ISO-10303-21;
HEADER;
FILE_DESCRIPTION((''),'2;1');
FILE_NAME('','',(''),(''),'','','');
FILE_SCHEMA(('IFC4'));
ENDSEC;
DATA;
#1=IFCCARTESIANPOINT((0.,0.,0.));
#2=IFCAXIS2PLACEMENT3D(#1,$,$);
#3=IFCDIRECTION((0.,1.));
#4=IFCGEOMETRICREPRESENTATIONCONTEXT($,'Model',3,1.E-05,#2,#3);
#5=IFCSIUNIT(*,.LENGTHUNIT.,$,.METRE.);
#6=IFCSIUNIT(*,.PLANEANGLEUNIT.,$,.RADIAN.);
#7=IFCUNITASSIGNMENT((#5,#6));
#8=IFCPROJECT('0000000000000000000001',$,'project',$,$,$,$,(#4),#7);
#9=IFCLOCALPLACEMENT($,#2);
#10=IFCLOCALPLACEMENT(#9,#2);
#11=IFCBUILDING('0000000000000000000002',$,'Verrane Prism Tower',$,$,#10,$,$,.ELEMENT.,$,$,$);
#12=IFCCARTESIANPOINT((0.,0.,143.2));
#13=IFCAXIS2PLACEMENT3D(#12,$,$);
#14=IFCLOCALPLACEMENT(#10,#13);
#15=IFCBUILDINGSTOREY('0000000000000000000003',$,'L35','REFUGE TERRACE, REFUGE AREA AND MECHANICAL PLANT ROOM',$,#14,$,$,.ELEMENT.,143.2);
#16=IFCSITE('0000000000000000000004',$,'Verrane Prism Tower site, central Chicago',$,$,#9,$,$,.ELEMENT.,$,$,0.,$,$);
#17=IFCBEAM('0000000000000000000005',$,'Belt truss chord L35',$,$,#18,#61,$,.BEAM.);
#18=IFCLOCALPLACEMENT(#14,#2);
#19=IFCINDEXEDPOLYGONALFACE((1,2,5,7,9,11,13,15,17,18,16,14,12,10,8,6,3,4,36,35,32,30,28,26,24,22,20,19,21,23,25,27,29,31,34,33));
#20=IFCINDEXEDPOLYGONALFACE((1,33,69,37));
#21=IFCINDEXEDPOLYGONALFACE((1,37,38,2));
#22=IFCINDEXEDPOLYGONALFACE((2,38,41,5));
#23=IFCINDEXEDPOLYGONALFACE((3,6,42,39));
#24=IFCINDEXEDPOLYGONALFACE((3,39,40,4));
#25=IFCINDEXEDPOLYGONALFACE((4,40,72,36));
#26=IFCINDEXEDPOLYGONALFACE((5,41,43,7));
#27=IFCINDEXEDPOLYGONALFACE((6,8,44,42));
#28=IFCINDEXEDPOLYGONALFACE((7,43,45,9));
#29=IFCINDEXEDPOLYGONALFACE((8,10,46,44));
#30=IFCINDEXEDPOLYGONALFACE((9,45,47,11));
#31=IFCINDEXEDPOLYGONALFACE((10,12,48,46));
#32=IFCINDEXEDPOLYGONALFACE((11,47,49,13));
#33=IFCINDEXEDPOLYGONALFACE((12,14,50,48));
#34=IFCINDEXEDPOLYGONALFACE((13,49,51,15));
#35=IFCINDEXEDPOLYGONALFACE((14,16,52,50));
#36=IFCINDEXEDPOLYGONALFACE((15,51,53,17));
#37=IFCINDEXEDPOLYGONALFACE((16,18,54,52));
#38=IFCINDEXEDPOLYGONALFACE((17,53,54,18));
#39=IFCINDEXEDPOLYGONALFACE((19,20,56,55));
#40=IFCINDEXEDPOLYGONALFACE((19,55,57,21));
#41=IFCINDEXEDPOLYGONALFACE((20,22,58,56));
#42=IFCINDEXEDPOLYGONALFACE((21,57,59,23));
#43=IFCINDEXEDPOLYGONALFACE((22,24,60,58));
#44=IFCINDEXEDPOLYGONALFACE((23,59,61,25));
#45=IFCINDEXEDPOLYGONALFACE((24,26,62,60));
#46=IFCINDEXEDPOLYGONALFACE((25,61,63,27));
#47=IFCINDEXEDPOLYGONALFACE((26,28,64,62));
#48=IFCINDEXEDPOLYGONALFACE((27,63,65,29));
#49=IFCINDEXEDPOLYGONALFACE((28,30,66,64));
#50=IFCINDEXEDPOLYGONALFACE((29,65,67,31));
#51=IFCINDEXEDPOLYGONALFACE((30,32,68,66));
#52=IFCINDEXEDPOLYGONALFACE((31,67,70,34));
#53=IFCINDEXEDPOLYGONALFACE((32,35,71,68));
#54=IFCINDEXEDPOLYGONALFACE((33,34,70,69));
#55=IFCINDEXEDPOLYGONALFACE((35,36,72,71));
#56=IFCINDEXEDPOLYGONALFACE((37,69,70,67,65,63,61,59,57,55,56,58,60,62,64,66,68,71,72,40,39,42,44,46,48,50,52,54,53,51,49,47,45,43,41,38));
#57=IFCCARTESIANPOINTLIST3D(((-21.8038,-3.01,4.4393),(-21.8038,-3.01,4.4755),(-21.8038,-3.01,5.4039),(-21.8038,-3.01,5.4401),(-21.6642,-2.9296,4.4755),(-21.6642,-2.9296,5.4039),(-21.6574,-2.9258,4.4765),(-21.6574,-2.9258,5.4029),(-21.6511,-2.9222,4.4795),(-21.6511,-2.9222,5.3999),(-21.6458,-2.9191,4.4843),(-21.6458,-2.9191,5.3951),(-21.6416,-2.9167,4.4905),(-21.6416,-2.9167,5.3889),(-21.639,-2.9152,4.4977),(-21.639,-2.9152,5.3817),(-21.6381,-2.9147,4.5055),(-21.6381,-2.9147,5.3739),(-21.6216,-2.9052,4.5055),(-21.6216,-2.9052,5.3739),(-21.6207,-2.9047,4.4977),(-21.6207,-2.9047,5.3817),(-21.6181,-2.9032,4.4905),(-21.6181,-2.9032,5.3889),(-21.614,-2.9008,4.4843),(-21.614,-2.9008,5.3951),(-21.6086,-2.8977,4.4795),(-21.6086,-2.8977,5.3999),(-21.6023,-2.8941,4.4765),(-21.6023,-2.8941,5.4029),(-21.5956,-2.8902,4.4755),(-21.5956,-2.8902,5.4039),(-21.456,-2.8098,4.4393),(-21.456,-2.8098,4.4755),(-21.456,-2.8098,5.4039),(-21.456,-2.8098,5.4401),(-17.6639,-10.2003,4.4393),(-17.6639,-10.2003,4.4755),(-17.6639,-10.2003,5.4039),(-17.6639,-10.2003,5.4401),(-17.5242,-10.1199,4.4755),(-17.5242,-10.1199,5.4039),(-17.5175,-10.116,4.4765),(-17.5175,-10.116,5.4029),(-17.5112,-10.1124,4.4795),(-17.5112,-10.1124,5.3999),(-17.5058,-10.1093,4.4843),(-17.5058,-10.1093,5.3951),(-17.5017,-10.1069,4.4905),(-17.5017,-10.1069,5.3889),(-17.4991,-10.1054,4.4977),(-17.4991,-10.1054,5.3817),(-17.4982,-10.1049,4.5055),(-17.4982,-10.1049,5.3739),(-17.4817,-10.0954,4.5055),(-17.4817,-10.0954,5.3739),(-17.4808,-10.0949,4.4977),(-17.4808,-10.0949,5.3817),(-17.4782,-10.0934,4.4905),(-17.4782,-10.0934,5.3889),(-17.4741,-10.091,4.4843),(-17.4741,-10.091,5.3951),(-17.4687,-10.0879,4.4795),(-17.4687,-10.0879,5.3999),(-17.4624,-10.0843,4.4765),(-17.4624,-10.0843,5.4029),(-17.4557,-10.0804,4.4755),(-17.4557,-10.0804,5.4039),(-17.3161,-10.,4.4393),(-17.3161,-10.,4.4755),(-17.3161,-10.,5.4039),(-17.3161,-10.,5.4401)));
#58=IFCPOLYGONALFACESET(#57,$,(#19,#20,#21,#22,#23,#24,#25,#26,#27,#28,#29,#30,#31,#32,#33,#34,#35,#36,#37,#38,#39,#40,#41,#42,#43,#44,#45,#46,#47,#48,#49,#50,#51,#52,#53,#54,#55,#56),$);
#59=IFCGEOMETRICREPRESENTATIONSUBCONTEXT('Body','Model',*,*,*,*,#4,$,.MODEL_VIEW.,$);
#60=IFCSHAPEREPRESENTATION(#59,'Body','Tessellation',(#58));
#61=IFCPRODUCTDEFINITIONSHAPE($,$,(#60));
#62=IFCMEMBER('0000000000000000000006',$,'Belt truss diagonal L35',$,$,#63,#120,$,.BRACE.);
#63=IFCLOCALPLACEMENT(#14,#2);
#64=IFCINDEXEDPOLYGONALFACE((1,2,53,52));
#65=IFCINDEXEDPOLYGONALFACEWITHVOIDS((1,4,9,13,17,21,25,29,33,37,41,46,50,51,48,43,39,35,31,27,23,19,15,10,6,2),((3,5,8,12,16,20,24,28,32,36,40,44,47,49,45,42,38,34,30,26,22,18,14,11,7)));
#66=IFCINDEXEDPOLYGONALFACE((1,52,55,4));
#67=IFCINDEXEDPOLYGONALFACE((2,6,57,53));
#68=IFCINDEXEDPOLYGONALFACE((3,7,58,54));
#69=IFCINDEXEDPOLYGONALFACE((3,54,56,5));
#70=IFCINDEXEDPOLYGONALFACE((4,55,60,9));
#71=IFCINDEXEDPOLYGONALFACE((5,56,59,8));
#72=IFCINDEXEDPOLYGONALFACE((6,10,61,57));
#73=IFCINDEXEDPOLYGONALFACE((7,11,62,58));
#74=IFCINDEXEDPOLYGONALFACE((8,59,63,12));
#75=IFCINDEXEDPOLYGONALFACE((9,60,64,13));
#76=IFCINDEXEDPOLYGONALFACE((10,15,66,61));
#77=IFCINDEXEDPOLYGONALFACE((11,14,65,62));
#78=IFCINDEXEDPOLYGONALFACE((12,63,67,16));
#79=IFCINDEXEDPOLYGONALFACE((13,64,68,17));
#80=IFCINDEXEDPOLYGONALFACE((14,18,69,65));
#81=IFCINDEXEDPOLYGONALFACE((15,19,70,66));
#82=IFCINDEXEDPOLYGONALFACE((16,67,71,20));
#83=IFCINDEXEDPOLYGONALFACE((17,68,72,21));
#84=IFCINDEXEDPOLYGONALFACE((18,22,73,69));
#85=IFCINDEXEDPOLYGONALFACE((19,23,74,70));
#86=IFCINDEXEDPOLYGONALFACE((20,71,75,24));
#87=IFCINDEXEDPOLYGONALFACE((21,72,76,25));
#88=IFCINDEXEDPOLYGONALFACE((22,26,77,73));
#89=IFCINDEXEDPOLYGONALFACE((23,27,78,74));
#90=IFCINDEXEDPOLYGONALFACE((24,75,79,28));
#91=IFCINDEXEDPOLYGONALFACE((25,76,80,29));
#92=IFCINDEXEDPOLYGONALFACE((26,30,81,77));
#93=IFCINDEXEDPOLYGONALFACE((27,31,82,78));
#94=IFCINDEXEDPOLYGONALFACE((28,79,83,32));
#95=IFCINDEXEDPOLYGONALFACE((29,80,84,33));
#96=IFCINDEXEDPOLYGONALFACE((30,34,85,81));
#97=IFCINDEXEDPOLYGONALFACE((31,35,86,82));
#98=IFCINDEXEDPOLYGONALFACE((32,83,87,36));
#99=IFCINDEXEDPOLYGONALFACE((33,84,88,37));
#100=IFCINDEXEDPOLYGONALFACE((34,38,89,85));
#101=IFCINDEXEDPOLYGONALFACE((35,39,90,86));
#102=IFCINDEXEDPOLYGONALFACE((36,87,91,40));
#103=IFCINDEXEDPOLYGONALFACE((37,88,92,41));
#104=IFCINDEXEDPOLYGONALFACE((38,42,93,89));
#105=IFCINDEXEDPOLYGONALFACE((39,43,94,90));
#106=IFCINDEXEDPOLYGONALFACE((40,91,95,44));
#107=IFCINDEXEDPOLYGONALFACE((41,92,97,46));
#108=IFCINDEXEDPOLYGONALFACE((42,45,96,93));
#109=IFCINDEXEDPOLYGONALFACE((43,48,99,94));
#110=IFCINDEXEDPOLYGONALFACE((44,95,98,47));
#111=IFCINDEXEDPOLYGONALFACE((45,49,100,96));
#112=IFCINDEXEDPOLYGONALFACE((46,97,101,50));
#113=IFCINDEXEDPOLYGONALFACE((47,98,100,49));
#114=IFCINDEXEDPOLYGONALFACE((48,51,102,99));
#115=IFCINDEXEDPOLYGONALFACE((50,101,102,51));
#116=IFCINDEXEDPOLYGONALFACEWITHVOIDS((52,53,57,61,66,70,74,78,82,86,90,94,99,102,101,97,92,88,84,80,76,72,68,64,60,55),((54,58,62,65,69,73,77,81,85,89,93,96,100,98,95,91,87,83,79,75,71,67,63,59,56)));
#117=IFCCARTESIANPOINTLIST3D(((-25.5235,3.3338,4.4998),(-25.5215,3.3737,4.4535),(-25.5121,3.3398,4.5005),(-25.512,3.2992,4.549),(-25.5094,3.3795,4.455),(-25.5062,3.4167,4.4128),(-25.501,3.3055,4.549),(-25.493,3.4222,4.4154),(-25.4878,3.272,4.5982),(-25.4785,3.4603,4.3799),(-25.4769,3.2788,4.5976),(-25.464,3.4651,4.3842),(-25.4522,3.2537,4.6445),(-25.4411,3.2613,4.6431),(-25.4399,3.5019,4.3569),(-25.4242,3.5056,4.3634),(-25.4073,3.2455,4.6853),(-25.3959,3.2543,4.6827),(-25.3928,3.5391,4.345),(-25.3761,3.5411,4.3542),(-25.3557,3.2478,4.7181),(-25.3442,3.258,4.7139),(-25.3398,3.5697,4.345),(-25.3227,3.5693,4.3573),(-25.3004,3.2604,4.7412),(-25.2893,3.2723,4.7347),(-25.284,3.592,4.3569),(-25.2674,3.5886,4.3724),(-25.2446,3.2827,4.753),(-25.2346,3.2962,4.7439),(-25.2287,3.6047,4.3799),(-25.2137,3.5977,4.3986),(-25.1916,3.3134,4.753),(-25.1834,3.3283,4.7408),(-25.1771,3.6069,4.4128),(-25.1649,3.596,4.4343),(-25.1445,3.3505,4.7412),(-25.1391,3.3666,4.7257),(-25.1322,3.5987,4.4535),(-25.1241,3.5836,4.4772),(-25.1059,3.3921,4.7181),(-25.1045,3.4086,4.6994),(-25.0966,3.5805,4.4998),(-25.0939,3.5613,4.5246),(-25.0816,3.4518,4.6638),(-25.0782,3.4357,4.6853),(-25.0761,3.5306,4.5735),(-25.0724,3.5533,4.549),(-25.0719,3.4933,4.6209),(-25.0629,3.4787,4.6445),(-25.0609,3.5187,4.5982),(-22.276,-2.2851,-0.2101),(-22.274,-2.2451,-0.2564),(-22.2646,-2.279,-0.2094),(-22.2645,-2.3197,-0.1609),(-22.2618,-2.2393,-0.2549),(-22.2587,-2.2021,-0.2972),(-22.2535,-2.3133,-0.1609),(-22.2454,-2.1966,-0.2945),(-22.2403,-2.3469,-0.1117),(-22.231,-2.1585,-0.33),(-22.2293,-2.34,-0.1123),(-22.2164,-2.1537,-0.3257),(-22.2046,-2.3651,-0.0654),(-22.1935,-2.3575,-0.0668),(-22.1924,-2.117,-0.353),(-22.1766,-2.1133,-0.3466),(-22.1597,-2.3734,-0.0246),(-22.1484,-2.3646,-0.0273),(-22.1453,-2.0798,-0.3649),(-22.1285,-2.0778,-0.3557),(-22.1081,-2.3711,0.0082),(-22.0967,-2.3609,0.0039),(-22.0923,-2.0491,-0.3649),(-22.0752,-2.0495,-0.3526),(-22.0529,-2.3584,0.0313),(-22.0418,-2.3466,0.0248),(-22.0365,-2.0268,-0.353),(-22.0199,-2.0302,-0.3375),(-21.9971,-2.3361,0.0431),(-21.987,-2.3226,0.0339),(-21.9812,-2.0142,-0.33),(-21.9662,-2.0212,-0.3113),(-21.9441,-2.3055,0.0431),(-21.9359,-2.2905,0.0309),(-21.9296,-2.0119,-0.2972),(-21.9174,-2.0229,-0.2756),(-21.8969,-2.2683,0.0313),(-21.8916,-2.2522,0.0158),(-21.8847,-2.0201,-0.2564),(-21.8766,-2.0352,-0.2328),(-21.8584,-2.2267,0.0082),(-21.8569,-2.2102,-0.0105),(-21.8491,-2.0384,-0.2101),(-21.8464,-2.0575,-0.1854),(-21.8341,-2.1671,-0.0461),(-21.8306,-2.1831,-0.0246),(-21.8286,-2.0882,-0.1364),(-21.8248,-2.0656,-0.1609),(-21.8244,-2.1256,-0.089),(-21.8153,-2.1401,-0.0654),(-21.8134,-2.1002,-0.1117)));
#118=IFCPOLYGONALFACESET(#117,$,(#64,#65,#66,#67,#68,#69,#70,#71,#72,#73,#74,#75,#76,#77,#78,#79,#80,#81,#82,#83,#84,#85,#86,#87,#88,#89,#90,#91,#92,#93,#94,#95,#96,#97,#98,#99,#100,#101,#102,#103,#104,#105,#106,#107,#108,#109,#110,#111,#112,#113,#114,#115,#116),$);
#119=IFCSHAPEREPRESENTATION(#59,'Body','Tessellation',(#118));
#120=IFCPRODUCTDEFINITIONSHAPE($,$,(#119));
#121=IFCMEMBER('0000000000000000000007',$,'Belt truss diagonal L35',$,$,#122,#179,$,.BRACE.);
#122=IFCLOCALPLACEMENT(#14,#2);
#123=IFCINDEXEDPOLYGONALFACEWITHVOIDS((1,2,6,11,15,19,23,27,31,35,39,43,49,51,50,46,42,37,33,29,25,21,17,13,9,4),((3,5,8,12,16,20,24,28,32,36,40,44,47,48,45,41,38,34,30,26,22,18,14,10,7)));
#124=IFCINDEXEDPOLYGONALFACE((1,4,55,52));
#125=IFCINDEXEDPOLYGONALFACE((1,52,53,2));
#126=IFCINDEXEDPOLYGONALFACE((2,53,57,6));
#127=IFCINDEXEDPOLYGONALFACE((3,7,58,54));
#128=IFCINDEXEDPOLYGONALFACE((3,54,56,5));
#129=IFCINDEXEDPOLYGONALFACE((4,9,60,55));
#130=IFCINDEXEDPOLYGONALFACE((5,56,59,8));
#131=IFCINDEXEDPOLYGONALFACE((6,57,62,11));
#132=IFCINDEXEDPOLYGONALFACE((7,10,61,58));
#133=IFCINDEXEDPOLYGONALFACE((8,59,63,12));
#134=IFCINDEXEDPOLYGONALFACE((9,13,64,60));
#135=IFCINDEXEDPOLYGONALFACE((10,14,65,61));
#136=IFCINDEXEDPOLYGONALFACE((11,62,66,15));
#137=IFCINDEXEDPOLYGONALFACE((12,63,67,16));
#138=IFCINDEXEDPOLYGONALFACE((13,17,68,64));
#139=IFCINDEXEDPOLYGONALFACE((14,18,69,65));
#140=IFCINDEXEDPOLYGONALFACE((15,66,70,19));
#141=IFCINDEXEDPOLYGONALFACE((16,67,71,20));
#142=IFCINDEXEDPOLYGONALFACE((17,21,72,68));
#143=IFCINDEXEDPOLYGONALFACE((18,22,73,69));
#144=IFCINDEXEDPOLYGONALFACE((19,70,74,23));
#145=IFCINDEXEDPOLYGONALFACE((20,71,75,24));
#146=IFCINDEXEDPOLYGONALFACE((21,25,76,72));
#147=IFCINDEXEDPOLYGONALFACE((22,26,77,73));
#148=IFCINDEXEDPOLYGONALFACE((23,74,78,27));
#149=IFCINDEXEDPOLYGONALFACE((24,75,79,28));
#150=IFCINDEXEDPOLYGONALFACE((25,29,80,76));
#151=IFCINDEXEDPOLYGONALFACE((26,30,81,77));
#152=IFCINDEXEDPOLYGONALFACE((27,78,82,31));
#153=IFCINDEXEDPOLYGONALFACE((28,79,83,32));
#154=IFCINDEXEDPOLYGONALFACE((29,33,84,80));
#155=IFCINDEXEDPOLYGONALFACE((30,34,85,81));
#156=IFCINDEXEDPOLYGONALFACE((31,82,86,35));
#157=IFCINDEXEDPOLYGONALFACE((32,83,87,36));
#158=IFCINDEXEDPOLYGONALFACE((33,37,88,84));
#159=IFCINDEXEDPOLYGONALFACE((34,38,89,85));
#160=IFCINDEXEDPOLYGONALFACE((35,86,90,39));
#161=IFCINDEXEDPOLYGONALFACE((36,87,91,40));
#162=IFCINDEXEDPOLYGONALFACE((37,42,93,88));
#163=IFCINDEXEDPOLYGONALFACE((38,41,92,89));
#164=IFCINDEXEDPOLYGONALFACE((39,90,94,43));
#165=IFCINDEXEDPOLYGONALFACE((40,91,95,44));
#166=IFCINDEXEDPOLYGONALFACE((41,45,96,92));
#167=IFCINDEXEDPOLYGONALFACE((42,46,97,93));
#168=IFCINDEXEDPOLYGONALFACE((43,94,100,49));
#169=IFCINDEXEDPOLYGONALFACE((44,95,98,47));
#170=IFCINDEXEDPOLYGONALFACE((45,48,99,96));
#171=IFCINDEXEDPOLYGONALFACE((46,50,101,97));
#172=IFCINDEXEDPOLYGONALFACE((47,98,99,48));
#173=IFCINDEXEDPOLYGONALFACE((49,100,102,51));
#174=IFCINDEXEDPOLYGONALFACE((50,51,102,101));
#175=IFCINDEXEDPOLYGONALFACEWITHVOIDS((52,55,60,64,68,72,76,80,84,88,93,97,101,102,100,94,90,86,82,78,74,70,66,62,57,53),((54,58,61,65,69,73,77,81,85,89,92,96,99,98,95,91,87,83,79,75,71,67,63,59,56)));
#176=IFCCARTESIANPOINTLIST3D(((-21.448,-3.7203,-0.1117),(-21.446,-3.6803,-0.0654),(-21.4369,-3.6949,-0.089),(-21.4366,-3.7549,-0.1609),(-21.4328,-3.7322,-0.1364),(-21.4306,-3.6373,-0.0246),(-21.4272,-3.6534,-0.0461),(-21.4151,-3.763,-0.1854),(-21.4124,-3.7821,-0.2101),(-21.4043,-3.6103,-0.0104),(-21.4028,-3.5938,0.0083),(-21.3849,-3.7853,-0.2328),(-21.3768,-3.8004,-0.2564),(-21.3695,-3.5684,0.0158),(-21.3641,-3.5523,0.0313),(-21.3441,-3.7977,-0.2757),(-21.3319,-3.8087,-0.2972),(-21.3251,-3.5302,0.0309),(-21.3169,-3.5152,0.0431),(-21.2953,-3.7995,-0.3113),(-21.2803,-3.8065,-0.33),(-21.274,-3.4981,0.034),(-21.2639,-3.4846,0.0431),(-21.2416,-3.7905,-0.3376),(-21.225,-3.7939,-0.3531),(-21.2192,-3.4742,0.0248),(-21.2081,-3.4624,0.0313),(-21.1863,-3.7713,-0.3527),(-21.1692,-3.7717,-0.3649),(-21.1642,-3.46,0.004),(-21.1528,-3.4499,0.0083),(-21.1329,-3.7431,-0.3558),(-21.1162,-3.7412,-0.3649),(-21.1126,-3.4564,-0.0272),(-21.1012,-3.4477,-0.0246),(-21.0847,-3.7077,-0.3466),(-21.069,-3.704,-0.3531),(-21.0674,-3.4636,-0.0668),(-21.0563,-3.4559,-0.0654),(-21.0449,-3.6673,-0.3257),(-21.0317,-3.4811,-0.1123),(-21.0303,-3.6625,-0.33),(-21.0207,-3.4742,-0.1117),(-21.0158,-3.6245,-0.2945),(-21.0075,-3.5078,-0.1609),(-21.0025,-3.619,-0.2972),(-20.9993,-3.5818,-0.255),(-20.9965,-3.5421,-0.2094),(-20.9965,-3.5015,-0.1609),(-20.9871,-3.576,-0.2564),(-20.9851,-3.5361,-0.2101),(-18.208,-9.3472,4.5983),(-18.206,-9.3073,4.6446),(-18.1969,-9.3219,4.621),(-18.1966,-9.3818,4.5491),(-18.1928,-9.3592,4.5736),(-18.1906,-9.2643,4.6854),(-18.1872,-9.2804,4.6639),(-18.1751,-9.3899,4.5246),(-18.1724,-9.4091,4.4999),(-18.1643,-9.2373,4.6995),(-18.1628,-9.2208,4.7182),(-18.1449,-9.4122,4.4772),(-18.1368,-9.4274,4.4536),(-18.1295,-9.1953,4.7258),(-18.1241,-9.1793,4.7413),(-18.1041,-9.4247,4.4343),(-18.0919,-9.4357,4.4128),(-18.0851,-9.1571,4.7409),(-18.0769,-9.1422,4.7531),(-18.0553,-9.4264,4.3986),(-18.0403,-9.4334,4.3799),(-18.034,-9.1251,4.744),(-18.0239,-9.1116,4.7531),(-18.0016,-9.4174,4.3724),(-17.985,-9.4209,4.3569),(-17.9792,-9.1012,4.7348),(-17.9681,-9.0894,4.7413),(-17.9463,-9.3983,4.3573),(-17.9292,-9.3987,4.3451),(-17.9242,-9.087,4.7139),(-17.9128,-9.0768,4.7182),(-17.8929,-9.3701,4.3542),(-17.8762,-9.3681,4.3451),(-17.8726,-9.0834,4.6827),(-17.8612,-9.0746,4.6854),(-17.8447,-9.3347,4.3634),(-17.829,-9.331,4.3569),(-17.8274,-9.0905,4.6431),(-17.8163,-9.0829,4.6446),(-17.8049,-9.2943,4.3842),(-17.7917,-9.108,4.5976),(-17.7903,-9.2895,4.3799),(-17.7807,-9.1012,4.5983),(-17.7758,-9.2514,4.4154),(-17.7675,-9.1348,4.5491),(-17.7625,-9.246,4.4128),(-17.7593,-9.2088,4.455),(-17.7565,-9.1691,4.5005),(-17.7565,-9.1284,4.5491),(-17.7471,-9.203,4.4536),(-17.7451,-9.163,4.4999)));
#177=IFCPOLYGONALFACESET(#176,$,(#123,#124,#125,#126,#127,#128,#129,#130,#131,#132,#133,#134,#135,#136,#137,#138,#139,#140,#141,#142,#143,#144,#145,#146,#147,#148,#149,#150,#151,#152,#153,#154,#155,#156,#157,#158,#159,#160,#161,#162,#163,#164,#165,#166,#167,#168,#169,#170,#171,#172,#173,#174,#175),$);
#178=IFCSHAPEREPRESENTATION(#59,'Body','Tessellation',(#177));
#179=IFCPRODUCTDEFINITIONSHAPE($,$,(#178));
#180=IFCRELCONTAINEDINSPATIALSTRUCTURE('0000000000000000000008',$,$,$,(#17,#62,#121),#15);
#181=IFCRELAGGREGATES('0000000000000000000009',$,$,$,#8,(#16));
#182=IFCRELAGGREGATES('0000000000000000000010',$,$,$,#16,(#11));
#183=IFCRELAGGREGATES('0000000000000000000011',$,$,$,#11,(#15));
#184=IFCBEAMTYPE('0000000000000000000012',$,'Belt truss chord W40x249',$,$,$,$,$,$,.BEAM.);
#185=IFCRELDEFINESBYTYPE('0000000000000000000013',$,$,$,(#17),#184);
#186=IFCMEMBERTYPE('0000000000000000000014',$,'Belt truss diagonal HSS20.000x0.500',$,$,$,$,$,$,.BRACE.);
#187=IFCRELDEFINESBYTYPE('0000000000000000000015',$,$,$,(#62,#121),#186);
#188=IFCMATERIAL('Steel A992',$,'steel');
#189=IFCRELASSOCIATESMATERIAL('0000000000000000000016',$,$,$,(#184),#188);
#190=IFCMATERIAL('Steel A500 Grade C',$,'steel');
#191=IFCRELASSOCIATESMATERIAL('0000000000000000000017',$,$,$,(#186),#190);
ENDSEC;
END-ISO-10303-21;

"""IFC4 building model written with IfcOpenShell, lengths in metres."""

from ifc_helpers import new_model, si_unit, direction, frame, origin, origin_2d, place, context, subcontext, project, spatial, hollow_circle, i_section, extrude, material, material_profile, profile_set, type_object, element, save


model = new_model("IFC4")

# Units and contexts
model_context = context("Model", 3, precision=1e-05, world=origin(), true_north=direction((0.0, 1.0)))
body_context = subcontext(model_context, "Body", "Model", "MODEL_VIEW")
ifc_project = project(units=[si_unit("LENGTHUNIT", "METRE"), si_unit("PLANEANGLEUNIT", "RADIAN")], contexts=[model_context])

# Site, building, storey
site_placement = place(None, origin())
site = spatial("IfcSite", under=ifc_project, at=site_placement, Name="Verrane Prism Tower site, central Chicago", CompositionType="ELEMENT", RefElevation=0.0)
building_placement = place(site_placement, origin())
building = spatial("IfcBuilding", under=site, at=building_placement, Name="Verrane Prism Tower", CompositionType="ELEMENT")
storey_placement = place(building_placement, frame((0.0, 0.0, 143.2)))
storey = spatial("IfcBuildingStorey", under=building, at=storey_placement, Name="L35", Description="REFUGE TERRACE, REFUGE AREA AND MECHANICAL PLANT ROOM", CompositionType="ELEMENT", Elevation=143.2)

# Beam
ifc_material_1 = material(Name="Steel A992", Category="steel")
ifc_material_profile_1 = material_profile(ifc_material_1, i_section(OverallWidth=0.4014, OverallDepth=1.0007, WebThickness=0.019, FlangeThickness=0.0361, FilletRadius=0.03, at=origin_2d()), Name="W40x249")
ifc_profile_set_1 = profile_set([ifc_material_profile_1], Name="Steel A992")
beam_type_1 = type_object("IfcBeamType", Name="Belt truss chord W40x249", PredefinedType="BEAM", material=ifc_profile_set_1)
beam_1_placement = place(storey_placement, frame((-21.6299, -2.9099, 4.9397), z_axis=(0.498972, -0.866618, 0.0), x_axis=(0.866618, 0.498972, 0.0)))
element("IfcBeam", 1, at=beam_1_placement, inside=storey, type_object=beam_type_1, Name="Belt truss chord L35", PredefinedType="BEAM", context=body_context, shape_type="SweptSolid", body=[
    extrude(i_section(OverallWidth=0.4014, OverallDepth=1.0007, WebThickness=0.019, FlangeThickness=0.0361, FilletRadius=0.03, at=origin_2d()), origin(), (0.0, 0.0, 1.0), 8.2969),
])

# Members
ifc_material_2 = material(Name="Steel A500 Grade C", Category="steel")
ifc_material_profile_2 = material_profile(ifc_material_2, hollow_circle(Radius=0.2539, WallThickness=0.0127, at=origin_2d()), Name="HSS20.000x0.500")
ifc_profile_set_2 = profile_set([ifc_material_profile_2], Name="Steel A500 Grade C")
member_type_1 = type_object("IfcMemberType", Name="Belt truss diagonal HSS20.000x0.500", PredefinedType="BRACE", material=ifc_profile_set_2)
member_1_placement = place(storey_placement, frame((-22.0447, -2.1926, -0.1609), z_axis=(-0.404989, 0.700709, 0.587359), x_axis=(-0.865793, -0.500403, 0.0)))
element("IfcMember", 2, at=member_1_placement, inside=storey, type_object=member_type_1, Name="Belt truss diagonal L35", PredefinedType="BRACE", context=body_context, shape_type="SweptSolid", body=[
    extrude(hollow_circle(Radius=0.2539, WallThickness=0.0127, at=origin_2d()), origin(), (0.0, 0.0, 1.0), 8.0188),
])
member_2_placement = place(storey_placement, frame((-21.2166, -3.6282, -0.1609), z_axis=(0.403915, -0.701487, 0.58717), x_axis=(0.866607, 0.498991, 0.0)))
element("IfcMember", 3, at=member_2_placement, inside=storey, type_object=member_type_1, Name="Belt truss diagonal L35", PredefinedType="BRACE", context=body_context, shape_type="SweptSolid", body=[
    extrude(hollow_circle(Radius=0.2539, WallThickness=0.0127, at=origin_2d()), origin(), (0.0, 0.0, 1.0), 8.0215),
])

save(model, "model.ifc")
